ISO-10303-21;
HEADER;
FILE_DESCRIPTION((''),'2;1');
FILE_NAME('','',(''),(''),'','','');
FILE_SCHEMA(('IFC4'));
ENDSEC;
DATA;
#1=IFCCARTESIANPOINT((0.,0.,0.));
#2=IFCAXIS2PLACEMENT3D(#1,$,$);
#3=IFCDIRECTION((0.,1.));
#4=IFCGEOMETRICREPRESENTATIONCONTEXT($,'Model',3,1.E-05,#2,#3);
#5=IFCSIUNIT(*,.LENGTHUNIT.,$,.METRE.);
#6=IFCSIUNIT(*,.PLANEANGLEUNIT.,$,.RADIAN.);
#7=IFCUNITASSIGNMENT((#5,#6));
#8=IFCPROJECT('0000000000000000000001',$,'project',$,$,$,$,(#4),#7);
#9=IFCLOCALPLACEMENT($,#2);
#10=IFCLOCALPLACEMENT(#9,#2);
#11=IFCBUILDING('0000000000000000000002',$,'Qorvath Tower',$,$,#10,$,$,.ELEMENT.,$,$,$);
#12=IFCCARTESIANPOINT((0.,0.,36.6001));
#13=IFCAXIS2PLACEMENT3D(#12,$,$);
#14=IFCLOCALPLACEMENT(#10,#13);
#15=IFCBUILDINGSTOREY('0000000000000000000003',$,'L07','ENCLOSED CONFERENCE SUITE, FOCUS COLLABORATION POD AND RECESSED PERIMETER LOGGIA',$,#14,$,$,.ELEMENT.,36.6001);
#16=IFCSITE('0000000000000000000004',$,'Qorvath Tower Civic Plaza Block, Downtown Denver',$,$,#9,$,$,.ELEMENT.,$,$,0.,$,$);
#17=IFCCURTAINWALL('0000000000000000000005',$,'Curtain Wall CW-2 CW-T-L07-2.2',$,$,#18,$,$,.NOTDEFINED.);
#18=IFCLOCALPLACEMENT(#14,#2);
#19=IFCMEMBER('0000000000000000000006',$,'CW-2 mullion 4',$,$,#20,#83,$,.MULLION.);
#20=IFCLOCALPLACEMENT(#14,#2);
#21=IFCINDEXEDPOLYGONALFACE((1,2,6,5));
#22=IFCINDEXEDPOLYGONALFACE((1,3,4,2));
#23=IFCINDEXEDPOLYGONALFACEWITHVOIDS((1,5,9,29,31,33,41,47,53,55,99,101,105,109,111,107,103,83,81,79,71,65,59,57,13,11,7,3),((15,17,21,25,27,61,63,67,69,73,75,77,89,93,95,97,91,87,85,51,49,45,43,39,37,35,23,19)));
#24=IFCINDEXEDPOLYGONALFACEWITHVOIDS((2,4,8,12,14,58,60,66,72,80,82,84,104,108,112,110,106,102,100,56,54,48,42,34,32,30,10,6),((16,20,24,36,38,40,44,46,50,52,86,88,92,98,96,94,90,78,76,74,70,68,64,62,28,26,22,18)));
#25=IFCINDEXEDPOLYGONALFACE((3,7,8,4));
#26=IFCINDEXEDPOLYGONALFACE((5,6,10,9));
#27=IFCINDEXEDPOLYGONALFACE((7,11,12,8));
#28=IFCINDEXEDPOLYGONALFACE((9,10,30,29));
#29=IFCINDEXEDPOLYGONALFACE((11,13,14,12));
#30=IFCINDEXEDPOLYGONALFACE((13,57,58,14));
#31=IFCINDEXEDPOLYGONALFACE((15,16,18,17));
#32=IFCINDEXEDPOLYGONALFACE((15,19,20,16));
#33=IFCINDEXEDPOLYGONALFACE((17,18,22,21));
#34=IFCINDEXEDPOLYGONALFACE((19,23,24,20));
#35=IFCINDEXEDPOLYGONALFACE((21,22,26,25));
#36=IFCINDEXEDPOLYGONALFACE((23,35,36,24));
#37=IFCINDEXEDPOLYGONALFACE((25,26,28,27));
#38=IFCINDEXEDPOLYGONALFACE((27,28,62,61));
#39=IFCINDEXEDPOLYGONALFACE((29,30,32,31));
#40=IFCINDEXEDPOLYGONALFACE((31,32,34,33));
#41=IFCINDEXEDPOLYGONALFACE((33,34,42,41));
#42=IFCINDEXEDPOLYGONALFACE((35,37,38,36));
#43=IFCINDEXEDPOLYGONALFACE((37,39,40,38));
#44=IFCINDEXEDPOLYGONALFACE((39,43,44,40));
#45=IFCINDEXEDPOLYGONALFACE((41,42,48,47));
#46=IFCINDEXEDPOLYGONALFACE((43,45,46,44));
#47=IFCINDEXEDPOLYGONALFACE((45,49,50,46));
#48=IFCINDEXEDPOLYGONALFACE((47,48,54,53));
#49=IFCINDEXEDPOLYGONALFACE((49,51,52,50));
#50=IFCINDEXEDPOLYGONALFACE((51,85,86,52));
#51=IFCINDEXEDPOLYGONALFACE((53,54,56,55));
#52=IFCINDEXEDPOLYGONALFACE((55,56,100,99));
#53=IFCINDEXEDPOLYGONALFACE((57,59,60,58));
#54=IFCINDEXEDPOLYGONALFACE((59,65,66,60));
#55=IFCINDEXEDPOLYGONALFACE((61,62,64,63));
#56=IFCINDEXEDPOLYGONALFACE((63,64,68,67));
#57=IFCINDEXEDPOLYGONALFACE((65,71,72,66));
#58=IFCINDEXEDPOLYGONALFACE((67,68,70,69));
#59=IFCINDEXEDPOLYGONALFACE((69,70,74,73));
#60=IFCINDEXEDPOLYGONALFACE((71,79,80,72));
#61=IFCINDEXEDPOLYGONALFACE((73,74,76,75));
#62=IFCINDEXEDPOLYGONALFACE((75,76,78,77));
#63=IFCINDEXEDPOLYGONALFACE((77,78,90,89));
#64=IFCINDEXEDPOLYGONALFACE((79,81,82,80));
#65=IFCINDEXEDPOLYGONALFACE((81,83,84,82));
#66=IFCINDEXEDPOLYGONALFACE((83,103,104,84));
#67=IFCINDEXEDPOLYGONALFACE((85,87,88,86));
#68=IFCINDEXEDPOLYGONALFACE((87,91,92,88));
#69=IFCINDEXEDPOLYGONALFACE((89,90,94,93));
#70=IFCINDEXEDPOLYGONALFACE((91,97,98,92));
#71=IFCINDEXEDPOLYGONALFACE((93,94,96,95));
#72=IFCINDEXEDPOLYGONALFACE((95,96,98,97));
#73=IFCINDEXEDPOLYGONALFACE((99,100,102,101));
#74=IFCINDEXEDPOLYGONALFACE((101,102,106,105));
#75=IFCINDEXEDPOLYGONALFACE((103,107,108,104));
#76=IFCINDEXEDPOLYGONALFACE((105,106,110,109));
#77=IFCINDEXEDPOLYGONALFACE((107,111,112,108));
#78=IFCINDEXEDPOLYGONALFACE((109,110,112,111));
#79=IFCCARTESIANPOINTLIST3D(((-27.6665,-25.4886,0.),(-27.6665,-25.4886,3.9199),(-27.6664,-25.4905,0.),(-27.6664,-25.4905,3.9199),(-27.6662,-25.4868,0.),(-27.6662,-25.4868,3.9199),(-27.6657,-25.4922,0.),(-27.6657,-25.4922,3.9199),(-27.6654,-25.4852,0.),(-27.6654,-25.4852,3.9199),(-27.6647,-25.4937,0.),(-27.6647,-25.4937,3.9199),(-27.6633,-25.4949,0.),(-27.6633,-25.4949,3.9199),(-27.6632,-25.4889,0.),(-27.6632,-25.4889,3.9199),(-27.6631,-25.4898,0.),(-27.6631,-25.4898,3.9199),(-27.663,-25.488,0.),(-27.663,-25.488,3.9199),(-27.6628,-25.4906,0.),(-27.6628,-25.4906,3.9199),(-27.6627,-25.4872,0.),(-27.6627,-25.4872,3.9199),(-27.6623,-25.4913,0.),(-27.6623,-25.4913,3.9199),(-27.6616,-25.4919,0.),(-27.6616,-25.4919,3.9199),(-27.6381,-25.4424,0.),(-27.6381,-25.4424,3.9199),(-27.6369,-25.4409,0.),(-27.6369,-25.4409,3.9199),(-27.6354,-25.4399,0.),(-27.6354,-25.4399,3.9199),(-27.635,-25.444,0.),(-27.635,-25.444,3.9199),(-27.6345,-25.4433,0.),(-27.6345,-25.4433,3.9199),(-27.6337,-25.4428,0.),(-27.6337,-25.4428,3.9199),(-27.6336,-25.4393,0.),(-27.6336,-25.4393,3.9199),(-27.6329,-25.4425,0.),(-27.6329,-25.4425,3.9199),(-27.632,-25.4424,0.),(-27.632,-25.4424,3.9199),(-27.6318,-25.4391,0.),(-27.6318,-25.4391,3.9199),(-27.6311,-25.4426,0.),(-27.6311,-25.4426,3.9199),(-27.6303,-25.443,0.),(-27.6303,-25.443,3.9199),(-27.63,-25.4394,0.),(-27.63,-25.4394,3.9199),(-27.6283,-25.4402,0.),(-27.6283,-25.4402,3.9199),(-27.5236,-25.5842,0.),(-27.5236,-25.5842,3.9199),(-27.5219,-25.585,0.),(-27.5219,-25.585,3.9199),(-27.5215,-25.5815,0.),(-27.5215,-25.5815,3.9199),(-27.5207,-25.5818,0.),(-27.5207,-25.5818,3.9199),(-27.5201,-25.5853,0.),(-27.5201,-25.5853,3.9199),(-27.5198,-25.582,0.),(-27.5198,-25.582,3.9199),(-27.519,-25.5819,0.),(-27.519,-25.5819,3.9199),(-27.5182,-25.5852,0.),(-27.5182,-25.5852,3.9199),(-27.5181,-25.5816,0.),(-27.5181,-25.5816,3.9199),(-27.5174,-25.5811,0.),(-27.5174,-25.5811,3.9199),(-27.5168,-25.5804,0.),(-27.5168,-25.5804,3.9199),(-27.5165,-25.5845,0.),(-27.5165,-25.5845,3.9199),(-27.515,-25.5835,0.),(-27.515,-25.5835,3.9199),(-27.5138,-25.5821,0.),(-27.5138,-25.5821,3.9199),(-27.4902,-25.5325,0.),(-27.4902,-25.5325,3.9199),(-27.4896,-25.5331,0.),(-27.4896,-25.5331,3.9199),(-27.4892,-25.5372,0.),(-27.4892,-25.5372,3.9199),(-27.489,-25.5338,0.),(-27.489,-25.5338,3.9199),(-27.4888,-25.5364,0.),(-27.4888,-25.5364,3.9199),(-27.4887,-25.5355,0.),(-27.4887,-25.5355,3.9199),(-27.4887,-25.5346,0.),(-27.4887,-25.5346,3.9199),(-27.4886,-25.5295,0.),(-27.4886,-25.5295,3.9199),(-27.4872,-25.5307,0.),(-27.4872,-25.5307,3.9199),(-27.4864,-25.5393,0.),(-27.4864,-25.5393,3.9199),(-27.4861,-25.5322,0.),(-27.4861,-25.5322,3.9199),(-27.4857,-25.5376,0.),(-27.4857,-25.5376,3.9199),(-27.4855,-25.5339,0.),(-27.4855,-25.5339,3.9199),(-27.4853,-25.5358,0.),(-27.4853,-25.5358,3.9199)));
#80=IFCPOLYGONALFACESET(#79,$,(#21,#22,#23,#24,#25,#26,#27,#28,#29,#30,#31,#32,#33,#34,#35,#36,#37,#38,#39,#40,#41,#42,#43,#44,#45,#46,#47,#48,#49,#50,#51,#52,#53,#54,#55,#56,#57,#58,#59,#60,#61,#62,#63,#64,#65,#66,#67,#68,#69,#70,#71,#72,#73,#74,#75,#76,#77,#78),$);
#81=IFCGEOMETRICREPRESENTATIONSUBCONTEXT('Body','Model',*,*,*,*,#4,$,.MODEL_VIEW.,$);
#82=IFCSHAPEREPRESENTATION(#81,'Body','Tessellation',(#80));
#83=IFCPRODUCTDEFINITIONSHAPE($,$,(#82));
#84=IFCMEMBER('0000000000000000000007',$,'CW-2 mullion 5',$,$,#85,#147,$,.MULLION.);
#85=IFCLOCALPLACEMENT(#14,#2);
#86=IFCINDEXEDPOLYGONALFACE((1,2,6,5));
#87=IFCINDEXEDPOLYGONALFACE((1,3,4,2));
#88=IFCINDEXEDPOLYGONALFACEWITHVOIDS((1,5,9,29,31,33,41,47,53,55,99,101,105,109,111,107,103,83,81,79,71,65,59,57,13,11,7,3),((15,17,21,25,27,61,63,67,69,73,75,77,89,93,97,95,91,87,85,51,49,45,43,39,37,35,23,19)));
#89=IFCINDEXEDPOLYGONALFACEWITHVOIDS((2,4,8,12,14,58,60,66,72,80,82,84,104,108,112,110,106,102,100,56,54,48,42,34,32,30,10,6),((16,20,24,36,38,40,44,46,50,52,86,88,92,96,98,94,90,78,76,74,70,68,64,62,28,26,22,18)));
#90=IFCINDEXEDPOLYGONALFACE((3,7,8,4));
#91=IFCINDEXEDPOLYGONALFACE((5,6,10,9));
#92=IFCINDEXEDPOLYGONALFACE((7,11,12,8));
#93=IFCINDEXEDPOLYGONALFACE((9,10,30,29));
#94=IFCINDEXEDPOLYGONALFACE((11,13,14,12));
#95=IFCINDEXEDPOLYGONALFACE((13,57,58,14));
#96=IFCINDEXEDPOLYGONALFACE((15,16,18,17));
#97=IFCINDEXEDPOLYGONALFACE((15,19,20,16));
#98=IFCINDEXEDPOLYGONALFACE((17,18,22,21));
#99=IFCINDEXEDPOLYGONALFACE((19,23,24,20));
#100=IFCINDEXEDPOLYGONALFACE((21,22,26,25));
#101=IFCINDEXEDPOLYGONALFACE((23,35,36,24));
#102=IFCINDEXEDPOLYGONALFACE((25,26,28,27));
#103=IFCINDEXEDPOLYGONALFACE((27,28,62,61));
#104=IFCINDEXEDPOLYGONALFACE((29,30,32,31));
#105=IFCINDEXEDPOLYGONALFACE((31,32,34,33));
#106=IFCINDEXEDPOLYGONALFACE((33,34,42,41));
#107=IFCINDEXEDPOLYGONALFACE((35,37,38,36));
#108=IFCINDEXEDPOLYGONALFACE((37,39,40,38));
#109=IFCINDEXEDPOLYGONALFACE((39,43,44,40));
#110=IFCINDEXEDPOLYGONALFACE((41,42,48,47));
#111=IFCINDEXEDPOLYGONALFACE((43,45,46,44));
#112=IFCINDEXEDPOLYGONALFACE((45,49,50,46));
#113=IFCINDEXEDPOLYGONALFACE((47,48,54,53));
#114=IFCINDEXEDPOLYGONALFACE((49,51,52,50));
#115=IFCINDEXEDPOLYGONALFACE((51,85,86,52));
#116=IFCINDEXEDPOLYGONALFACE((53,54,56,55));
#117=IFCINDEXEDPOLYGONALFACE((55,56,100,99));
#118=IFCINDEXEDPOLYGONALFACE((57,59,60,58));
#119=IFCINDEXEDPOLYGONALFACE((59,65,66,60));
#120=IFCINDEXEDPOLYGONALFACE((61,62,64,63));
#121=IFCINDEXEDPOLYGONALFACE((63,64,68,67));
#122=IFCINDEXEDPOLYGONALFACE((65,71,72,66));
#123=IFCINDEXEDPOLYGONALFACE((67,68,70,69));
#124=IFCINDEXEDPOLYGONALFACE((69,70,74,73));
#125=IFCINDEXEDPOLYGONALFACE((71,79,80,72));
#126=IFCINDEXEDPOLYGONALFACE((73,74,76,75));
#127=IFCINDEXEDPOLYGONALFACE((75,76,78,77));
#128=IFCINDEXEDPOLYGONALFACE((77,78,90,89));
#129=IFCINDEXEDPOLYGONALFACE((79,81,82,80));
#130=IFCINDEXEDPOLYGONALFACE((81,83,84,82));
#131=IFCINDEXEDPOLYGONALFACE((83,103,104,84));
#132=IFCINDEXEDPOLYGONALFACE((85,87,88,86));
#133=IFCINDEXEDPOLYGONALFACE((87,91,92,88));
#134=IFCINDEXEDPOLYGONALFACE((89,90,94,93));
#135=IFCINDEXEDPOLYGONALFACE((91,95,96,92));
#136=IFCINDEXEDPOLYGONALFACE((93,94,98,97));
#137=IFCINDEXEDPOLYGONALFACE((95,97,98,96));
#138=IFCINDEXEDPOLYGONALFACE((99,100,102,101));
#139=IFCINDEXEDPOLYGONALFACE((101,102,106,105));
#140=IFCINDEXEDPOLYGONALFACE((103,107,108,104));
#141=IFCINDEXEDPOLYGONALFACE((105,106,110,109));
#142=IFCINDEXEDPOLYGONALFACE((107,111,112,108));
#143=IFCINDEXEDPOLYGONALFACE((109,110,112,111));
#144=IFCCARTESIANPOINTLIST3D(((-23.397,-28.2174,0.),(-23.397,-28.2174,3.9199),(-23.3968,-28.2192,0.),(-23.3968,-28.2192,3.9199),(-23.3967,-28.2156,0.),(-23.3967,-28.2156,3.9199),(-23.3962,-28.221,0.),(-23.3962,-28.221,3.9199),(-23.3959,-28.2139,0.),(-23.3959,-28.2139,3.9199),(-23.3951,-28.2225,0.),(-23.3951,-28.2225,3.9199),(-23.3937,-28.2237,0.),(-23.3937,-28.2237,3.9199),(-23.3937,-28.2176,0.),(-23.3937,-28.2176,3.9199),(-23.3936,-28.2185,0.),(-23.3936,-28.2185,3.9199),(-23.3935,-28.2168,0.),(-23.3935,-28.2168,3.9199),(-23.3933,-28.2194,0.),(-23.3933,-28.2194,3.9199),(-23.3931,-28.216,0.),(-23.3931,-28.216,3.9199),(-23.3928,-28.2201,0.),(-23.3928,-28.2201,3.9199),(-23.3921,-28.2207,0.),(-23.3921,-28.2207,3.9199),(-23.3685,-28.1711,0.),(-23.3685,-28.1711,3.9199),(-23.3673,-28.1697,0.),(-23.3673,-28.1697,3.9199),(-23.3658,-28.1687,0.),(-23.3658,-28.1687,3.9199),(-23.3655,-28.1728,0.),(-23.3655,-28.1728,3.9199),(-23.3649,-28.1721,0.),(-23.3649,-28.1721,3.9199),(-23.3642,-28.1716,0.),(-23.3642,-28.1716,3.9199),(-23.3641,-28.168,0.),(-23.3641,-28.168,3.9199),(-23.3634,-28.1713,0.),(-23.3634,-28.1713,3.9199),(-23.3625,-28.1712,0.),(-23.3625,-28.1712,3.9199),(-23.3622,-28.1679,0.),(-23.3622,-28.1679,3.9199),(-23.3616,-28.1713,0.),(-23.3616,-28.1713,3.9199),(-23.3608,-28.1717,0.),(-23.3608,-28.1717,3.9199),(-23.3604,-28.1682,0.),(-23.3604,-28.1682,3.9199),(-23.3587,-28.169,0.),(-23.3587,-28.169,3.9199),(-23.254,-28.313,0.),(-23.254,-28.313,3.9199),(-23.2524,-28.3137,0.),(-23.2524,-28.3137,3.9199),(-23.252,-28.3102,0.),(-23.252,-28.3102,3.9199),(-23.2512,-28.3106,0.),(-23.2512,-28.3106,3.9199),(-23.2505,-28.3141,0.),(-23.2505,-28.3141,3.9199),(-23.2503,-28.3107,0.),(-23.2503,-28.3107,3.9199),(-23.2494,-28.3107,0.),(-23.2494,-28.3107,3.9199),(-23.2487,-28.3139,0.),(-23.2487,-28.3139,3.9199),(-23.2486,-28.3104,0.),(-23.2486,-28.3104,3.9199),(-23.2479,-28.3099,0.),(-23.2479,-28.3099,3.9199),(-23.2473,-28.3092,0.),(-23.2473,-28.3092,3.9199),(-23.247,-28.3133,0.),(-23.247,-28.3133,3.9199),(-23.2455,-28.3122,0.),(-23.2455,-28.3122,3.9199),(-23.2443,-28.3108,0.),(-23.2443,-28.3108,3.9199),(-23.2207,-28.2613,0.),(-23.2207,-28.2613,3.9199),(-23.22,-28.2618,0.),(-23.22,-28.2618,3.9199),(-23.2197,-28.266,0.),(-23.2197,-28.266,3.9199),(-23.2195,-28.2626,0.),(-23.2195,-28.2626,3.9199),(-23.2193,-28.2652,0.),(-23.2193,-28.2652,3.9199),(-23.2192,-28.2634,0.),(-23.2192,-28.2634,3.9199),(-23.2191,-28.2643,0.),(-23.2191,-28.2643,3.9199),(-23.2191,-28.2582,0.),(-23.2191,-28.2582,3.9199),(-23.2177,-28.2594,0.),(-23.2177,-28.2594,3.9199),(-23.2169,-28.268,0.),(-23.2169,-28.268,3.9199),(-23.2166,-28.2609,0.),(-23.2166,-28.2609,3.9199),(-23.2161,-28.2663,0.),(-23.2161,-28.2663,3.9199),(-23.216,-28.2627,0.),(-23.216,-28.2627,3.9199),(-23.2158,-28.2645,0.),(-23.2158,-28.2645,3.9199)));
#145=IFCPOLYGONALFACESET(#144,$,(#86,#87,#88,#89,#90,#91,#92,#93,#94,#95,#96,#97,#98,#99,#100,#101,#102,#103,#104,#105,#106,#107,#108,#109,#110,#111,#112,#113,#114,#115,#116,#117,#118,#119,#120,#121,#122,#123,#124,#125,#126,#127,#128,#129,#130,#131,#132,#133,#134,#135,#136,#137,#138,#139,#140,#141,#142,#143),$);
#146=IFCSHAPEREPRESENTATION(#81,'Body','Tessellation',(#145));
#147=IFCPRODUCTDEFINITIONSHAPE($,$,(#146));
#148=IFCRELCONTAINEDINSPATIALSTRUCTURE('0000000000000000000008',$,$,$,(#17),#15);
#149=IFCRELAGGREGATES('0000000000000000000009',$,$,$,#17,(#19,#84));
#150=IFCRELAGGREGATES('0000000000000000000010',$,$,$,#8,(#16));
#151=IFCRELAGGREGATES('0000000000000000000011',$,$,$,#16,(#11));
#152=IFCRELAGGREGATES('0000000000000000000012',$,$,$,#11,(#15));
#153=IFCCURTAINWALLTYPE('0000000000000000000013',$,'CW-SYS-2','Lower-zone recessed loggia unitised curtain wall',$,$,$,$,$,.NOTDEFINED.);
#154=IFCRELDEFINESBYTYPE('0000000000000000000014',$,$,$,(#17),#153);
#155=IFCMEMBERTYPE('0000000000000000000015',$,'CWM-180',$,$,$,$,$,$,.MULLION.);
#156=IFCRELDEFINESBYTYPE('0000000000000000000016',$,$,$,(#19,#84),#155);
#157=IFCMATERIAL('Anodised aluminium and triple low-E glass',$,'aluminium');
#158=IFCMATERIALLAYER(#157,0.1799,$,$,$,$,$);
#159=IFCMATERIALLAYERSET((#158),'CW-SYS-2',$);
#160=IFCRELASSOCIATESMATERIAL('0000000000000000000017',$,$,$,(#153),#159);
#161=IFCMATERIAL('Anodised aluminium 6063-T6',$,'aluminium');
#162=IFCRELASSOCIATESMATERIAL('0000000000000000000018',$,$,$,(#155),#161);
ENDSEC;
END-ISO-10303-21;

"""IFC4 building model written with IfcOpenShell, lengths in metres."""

from ifc_helpers import new_model, si_unit, direction, frame, origin, origin_2d, place, context, subcontext, project, spatial, hollow_rectangle, extrude, material, layer, layer_set, material_profile, profile_set, type_object, element, aggregate, save


model = new_model("IFC4")

# Units and contexts
model_context = context("Model", 3, precision=1e-05, world=origin(), true_north=direction((0.0, 1.0)))
body_context = subcontext(model_context, "Body", "Model", "MODEL_VIEW")
ifc_project = project(units=[si_unit("LENGTHUNIT", "METRE"), si_unit("PLANEANGLEUNIT", "RADIAN")], contexts=[model_context])

# Site, building, storey
site_placement = place(None, origin())
site = spatial("IfcSite", under=ifc_project, at=site_placement, Name="Qorvath Tower Civic Plaza Block, Downtown Denver", CompositionType="ELEMENT", RefElevation=0.0)
building_placement = place(site_placement, origin())
building = spatial("IfcBuilding", under=site, at=building_placement, Name="Qorvath Tower", CompositionType="ELEMENT")
storey_placement = place(building_placement, frame((0.0, 0.0, 36.6001)))
storey = spatial("IfcBuildingStorey", under=building, at=storey_placement, Name="L07", Description="ENCLOSED CONFERENCE SUITE, FOCUS COLLABORATION POD AND RECESSED PERIMETER LOGGIA", CompositionType="ELEMENT", Elevation=36.6001)

# Curtain wall, members
ifc_material_1 = material(Name="Anodised aluminium and triple low-E glass", Category="aluminium")
ifc_layer_1 = layer(ifc_material_1, 0.1799)
ifc_layer_set_1 = layer_set([ifc_layer_1], Name="CW-SYS-2")
curtain_wall_type = type_object("IfcCurtainWallType", Name="CW-SYS-2", Description="Lower-zone recessed loggia unitised curtain wall", PredefinedType="NOTDEFINED", material=ifc_layer_set_1)
curtain_wall_placement = place(storey_placement, origin())
curtain_wall = element("IfcCurtainWall", 1, at=curtain_wall_placement, inside=storey, type_object=curtain_wall_type, Name="Curtain Wall CW-2 CW-T-L07-2.2", PredefinedType="NOTDEFINED")
ifc_material_2 = material(Name="Anodised aluminium 6063-T6", Category="aluminium")
ifc_material_profile_1 = material_profile(ifc_material_2, hollow_rectangle(XDim=0.0649, YDim=0.1799, WallThickness=0.0034, InnerFilletRadius=0.0034, OuterFilletRadius=0.0071, at=origin_2d()), Name="CWM 180x65")
ifc_profile_set_1 = profile_set([ifc_material_profile_1], Name="Anodised aluminium 6063-T6")
member_type_1 = type_object("IfcMemberType", Name="CWM-180", PredefinedType="MULLION", material=ifc_profile_set_1)
member_1_placement = place(storey_placement, frame((-27.5759, -25.5122, 0.0), z_axis=(0.0, 0.0, 1.0), x_axis=(0.538533, 0.842605, 0.0)))
member_1 = element("IfcMember", 2, at=member_1_placement, type_object=member_type_1, Name="CW-2 mullion 4", PredefinedType="MULLION", context=body_context, shape_type="SweptSolid", body=[
    extrude(hollow_rectangle(XDim=0.0649, YDim=0.1799, WallThickness=0.0034, InnerFilletRadius=0.0034, OuterFilletRadius=0.0071, at=origin_2d()), origin(), (0.0, 0.0, 1.0), 3.9199),
])
member_2_placement = place(storey_placement, frame((-23.3064, -28.241, 0.0), z_axis=(0.0, 0.0, 1.0), x_axis=(0.538533, 0.842605, 0.0)))
member_2 = element("IfcMember", 3, at=member_2_placement, type_object=member_type_1, Name="CW-2 mullion 5", PredefinedType="MULLION", context=body_context, shape_type="SweptSolid", body=[
    extrude(hollow_rectangle(XDim=0.0649, YDim=0.1799, WallThickness=0.0034, InnerFilletRadius=0.0034, OuterFilletRadius=0.0071, at=origin_2d()), origin(), (0.0, 0.0, 1.0), 3.9199),
])
aggregate(curtain_wall, [member_1, member_2])

save(model, "model.ifc")
